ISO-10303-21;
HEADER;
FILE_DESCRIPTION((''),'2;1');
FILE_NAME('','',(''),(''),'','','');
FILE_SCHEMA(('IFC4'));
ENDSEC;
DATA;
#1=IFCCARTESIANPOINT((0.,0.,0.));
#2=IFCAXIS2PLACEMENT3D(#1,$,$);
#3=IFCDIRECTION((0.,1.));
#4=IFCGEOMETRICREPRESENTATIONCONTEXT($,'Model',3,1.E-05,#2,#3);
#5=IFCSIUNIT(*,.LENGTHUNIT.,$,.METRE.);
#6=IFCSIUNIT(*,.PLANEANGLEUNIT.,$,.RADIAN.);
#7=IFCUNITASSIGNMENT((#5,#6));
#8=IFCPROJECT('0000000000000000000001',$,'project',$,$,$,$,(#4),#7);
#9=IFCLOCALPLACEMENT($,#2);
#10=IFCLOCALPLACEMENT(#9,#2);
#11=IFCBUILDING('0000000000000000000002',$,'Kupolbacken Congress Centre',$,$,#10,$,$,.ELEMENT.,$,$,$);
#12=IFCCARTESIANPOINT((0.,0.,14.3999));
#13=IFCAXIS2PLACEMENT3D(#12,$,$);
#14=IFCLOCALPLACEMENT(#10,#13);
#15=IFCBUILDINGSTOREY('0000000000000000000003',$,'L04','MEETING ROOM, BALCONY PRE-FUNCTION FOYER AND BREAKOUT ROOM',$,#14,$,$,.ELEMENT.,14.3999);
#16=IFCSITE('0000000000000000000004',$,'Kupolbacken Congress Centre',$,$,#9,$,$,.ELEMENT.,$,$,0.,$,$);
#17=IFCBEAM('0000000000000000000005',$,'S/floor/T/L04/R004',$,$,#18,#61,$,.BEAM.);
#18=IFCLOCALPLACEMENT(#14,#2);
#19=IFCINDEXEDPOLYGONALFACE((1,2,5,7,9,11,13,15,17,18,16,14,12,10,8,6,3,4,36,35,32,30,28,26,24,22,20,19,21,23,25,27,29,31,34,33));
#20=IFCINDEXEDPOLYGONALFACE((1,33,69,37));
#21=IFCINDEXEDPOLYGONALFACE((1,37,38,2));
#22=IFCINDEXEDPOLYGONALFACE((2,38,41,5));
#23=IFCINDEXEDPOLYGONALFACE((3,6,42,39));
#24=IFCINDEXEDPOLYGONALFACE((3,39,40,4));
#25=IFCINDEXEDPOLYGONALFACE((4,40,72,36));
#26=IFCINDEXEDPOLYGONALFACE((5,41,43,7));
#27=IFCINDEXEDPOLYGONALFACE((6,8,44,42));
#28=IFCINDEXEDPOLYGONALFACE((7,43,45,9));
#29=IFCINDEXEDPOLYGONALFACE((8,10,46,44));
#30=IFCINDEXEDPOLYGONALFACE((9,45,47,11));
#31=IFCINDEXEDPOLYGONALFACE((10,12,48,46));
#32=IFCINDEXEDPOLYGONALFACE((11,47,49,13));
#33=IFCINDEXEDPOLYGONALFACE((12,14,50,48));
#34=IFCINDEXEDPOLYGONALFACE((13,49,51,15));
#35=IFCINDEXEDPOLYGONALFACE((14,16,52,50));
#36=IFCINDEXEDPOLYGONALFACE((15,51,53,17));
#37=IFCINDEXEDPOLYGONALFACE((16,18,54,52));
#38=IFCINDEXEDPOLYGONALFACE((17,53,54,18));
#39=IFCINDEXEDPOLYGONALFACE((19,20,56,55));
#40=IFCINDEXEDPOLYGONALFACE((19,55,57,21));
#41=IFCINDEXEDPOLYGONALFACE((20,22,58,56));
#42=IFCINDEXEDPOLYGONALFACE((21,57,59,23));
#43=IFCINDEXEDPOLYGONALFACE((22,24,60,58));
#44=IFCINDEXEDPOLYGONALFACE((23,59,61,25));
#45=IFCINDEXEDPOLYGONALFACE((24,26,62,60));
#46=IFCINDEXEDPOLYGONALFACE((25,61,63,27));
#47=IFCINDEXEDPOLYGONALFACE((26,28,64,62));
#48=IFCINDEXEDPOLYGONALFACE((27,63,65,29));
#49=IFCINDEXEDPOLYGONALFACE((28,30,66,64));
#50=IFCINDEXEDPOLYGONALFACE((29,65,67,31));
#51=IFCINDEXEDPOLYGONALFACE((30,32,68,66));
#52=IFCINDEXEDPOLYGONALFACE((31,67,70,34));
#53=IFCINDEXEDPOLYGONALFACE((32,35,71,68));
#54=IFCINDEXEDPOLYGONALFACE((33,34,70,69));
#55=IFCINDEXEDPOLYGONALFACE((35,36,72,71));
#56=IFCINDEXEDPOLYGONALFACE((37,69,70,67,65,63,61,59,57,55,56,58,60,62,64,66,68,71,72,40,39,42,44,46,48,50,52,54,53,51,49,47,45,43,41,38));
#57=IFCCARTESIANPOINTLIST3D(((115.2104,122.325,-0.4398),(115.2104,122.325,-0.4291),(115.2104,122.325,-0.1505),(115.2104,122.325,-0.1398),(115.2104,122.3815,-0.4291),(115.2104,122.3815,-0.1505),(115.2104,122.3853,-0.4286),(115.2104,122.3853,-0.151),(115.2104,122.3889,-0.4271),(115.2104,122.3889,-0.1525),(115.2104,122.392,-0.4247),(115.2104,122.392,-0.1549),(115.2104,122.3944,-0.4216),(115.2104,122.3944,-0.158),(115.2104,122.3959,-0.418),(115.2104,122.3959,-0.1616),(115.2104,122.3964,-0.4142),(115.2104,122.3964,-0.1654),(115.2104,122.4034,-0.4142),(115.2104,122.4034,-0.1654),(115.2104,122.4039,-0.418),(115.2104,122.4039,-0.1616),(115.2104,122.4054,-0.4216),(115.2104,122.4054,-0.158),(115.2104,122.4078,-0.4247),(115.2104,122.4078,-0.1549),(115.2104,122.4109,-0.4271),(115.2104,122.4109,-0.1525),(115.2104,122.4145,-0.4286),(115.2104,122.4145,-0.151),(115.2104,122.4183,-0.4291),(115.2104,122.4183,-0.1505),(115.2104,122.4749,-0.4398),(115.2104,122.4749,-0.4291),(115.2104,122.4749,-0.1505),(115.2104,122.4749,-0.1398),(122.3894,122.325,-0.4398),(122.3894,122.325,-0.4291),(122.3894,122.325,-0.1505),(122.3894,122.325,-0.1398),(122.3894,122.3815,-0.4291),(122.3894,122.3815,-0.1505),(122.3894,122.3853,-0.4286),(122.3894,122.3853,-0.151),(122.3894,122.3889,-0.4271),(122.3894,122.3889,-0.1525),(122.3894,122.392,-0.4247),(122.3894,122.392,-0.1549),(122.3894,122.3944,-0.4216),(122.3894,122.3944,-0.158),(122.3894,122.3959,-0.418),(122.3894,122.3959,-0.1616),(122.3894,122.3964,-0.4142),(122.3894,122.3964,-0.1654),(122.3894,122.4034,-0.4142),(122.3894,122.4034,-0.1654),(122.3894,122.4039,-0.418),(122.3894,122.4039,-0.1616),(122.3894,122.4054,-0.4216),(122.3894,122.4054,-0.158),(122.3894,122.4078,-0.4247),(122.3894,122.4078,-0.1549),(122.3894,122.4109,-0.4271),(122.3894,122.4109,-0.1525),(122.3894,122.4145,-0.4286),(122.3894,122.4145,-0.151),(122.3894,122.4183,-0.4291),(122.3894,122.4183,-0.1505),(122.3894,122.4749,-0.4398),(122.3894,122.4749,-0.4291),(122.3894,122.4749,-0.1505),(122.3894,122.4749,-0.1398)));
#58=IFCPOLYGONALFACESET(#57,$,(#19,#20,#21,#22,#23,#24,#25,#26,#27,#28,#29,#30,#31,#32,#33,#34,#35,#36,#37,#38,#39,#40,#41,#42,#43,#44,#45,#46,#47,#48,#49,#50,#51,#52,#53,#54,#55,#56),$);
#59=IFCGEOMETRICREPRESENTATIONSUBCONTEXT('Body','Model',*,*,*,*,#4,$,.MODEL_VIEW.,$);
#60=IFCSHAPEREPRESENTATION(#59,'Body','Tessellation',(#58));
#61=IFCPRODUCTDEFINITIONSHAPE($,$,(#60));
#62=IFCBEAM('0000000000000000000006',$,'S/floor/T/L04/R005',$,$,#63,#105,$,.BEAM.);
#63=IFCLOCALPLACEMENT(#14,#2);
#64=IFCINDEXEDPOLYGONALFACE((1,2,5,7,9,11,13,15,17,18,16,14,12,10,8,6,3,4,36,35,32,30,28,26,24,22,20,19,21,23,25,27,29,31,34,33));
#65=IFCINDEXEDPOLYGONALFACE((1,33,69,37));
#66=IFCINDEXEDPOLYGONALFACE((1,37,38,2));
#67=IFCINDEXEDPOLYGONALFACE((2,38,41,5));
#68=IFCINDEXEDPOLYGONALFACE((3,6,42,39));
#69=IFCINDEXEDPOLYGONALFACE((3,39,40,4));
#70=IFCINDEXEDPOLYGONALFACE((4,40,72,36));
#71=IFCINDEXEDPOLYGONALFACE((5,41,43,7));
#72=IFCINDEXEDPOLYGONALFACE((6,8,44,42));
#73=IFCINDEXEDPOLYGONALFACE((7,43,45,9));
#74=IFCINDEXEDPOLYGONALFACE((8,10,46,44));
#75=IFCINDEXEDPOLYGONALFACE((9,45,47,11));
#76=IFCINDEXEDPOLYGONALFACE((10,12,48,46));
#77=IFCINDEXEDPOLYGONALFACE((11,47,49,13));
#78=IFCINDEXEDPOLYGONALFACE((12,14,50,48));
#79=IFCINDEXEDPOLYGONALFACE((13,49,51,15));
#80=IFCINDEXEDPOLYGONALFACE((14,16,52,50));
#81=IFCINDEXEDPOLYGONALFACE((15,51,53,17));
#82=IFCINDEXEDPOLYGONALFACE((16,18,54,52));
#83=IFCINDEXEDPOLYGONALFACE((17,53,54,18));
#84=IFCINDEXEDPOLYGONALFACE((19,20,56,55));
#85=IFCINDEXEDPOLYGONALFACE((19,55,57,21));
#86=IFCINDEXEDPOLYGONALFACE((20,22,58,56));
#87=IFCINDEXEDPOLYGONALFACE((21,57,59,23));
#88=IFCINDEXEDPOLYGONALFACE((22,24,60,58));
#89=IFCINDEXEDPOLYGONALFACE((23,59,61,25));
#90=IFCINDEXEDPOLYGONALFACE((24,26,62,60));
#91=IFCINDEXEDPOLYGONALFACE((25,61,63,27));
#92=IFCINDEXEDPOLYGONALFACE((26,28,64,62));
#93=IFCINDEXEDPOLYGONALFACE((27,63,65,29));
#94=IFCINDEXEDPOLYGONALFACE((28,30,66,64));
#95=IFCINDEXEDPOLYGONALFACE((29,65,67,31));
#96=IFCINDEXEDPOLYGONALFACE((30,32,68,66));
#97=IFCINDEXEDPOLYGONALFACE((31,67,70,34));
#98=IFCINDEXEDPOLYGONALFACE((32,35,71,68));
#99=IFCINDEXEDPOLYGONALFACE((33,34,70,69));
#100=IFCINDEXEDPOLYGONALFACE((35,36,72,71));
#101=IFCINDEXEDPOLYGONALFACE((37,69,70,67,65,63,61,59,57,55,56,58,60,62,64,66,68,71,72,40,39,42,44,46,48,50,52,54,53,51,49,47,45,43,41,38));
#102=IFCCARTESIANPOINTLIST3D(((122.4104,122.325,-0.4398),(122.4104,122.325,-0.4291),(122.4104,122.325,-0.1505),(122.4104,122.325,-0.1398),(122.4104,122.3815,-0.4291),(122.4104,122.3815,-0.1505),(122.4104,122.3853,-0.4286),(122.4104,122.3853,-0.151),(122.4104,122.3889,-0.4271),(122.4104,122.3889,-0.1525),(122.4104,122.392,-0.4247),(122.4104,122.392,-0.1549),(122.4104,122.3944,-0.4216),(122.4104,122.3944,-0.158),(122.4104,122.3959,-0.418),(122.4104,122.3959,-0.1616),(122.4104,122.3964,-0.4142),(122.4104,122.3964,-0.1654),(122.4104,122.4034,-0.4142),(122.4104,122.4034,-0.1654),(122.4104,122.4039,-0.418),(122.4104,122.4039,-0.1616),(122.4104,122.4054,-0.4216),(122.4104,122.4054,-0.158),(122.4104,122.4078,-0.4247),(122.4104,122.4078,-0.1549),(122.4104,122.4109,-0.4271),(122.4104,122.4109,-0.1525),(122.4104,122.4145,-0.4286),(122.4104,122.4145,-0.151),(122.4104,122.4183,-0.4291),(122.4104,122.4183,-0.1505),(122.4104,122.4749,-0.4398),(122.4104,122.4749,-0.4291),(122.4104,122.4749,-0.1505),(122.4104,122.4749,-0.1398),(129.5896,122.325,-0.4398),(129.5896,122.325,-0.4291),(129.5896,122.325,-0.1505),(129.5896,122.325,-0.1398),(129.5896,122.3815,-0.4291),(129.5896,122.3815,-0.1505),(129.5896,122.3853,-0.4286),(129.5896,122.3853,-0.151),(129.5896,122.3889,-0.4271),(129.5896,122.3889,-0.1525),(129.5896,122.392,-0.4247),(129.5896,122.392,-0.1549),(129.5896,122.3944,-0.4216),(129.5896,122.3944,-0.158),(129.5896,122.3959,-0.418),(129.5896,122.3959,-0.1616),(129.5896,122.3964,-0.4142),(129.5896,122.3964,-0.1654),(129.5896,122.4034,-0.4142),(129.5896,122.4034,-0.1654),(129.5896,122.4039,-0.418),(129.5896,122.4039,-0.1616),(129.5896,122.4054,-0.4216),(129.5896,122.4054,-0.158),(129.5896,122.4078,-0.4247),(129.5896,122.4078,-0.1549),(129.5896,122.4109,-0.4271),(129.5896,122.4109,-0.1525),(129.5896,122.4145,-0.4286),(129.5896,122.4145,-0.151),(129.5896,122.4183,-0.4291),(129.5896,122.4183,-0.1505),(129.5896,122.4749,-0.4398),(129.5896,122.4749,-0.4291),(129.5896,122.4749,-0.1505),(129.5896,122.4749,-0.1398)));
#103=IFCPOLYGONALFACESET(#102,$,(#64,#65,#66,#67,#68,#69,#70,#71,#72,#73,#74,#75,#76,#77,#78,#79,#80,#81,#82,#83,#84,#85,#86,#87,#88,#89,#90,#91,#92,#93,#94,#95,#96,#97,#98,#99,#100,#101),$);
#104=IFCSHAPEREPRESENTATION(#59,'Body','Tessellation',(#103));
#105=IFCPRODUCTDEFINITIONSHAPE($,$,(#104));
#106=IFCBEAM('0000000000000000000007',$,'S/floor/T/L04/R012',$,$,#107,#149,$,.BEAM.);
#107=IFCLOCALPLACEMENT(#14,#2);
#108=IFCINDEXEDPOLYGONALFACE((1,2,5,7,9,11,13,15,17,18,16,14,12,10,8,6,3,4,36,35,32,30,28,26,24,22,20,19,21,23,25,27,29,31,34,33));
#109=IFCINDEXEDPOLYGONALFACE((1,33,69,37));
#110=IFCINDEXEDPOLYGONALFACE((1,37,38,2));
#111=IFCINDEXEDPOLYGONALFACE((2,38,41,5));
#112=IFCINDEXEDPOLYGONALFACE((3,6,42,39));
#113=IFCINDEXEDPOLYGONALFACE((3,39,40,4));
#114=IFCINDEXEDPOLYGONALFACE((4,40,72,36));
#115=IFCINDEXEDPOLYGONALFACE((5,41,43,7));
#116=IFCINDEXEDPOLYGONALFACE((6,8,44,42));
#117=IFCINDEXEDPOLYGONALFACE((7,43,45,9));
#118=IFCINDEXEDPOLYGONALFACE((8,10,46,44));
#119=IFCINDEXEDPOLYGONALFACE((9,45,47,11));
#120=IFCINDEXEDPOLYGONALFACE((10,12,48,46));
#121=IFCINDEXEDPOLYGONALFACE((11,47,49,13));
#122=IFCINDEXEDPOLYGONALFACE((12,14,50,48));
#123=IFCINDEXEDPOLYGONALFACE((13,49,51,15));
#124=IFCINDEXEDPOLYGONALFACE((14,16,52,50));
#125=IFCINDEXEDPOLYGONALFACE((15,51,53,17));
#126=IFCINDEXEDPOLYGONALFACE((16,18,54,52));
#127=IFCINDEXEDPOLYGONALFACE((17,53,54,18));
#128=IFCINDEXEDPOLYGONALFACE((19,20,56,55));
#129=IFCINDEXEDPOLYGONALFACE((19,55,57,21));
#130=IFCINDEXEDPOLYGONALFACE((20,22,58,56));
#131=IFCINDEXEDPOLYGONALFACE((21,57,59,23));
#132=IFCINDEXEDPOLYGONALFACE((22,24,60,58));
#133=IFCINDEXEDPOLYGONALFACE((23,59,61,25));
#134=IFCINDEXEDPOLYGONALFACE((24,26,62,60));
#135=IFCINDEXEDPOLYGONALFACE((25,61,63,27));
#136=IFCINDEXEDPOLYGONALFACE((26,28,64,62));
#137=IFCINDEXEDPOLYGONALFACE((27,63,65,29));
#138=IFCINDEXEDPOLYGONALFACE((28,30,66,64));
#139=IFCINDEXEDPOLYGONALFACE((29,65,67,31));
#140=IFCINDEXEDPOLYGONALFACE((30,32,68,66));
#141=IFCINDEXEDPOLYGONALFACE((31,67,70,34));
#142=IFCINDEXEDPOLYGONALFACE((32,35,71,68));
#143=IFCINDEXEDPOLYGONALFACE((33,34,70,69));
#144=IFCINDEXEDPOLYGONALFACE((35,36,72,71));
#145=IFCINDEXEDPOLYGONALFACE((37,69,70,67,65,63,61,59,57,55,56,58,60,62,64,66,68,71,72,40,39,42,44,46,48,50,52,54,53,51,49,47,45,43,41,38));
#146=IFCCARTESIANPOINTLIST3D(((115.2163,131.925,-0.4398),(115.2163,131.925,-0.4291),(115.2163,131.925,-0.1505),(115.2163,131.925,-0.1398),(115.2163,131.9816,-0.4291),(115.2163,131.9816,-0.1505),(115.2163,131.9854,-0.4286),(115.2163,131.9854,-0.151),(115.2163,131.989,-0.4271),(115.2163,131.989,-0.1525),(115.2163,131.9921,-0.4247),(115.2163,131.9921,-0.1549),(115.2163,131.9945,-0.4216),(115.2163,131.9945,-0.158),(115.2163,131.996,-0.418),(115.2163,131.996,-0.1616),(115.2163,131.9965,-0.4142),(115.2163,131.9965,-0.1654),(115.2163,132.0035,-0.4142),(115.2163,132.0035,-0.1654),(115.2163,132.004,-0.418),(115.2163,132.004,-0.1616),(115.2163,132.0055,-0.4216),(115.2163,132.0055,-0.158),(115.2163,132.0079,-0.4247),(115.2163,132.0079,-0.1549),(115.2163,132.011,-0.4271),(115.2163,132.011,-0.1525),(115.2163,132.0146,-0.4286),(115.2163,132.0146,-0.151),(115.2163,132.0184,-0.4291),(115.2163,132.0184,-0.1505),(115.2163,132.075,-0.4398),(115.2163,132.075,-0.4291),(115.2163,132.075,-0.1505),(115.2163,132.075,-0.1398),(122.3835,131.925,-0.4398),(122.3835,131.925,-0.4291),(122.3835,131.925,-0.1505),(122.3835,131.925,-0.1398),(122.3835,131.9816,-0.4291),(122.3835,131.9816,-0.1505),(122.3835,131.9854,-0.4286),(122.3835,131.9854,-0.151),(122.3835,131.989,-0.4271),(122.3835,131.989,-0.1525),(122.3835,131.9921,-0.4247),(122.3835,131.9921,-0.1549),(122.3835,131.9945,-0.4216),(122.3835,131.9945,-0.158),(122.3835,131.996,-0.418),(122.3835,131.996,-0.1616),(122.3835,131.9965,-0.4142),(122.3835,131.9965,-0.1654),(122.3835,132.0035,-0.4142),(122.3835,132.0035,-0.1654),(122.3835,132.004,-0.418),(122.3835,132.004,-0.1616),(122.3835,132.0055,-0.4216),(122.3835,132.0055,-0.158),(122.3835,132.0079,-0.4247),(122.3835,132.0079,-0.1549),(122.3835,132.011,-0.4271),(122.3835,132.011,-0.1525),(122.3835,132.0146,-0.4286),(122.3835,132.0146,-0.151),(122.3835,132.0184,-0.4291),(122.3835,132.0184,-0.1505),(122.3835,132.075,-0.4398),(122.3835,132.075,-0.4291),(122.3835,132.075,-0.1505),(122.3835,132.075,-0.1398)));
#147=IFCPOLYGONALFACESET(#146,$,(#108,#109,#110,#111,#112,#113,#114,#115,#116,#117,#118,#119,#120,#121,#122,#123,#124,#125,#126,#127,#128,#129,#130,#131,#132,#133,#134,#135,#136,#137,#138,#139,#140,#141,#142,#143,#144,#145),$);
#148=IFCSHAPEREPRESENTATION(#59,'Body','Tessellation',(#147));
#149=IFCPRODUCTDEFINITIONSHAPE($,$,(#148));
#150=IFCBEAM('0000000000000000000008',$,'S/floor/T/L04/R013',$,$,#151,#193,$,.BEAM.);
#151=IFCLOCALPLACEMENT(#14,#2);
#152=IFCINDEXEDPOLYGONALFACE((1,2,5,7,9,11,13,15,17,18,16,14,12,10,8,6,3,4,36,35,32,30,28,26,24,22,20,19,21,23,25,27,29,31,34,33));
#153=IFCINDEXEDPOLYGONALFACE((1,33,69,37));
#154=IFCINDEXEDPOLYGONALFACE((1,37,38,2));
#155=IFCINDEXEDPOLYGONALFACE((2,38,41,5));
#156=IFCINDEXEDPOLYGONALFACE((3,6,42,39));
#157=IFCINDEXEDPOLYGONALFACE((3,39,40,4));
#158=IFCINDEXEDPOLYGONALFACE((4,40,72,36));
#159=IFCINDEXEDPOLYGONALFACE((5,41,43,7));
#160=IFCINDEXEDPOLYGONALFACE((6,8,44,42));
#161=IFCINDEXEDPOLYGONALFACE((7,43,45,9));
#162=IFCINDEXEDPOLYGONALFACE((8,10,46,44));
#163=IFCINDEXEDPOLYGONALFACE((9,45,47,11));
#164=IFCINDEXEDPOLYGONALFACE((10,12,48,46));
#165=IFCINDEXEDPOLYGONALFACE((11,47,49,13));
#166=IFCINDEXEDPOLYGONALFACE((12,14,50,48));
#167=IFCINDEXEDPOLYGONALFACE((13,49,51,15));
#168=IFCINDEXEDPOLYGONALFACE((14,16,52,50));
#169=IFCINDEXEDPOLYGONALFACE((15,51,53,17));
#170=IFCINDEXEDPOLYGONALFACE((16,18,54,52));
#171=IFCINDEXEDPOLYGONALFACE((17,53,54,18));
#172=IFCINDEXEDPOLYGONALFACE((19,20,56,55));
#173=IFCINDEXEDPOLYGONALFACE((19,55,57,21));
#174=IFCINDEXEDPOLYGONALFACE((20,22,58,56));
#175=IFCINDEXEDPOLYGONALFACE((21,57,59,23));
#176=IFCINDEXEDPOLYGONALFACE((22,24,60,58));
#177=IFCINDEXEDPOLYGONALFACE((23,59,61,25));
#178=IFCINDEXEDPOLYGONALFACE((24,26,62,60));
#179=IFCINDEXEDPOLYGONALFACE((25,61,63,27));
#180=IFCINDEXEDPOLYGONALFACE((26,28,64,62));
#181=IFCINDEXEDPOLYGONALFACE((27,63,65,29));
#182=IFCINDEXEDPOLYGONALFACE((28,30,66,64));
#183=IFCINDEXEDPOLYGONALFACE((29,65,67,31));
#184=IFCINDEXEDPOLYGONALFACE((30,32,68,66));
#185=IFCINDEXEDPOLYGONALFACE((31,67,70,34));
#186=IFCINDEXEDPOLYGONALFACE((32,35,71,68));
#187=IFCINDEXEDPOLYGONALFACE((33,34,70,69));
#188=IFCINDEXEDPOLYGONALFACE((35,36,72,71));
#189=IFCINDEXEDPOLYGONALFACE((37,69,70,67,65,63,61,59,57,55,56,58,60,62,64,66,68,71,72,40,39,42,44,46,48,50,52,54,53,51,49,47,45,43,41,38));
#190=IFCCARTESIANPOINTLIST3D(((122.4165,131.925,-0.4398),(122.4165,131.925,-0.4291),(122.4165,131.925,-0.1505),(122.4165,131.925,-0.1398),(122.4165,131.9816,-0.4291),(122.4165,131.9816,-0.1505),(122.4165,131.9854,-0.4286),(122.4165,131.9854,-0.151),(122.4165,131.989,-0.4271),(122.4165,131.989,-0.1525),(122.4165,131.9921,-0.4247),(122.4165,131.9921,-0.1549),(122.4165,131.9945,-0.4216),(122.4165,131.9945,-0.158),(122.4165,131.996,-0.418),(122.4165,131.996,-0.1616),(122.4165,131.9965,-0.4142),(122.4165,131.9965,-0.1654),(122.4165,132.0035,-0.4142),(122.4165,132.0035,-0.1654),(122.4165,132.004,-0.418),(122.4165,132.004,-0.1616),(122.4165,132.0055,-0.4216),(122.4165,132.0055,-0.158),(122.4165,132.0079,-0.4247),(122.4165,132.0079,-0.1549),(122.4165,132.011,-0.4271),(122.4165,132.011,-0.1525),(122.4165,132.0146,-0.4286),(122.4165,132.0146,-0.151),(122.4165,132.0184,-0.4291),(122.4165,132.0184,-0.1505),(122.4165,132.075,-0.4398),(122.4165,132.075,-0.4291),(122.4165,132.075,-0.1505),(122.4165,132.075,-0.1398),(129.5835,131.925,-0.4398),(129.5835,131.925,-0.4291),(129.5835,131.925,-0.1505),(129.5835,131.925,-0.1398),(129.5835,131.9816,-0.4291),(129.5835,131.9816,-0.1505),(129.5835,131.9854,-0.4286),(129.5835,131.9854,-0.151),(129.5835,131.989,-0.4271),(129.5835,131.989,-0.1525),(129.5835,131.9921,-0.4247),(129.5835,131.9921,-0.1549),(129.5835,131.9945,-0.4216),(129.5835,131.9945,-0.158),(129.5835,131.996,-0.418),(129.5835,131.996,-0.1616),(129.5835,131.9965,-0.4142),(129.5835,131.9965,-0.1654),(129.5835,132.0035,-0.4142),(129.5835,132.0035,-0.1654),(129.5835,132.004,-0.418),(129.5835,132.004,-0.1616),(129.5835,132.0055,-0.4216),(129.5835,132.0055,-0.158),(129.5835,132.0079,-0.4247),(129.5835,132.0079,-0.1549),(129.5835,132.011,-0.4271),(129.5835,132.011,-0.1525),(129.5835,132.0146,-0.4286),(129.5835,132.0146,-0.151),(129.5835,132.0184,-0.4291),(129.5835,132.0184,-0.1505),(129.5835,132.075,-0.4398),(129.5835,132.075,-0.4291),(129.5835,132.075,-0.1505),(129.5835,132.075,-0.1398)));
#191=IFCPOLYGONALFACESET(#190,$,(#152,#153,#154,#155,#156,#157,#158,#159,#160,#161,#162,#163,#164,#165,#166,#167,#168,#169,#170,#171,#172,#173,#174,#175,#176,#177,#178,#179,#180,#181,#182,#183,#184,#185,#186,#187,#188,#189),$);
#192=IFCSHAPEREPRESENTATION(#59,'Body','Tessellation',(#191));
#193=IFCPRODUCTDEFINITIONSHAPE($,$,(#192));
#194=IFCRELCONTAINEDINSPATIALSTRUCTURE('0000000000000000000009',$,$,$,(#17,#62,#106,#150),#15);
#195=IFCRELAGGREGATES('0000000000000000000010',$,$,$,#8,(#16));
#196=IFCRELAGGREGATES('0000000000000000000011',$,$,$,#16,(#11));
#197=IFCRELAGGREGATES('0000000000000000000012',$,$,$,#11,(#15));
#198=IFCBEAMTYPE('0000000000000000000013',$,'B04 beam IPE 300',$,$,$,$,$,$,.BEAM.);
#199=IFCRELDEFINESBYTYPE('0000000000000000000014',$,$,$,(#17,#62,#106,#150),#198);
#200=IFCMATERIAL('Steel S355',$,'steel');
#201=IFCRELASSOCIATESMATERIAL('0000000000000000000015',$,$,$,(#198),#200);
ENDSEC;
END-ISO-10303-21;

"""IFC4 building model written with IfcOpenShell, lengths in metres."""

from ifc_helpers import new_model, si_unit, direction, frame, origin, origin_2d, place, context, subcontext, project, spatial, i_section, extrude, material, material_profile, profile_set, type_object, element, save


model = new_model("IFC4")

# Units and contexts
model_context = context("Model", 3, precision=1e-05, world=origin(), true_north=direction((0.0, 1.0)))
body_context = subcontext(model_context, "Body", "Model", "MODEL_VIEW")
ifc_project = project(units=[si_unit("LENGTHUNIT", "METRE"), si_unit("PLANEANGLEUNIT", "RADIAN")], contexts=[model_context])

# Site, building, storey
site_placement = place(None, origin())
site = spatial("IfcSite", under=ifc_project, at=site_placement, Name="Kupolbacken Congress Centre", CompositionType="ELEMENT", RefElevation=0.0)
building_placement = place(site_placement, origin())
building = spatial("IfcBuilding", under=site, at=building_placement, Name="Kupolbacken Congress Centre", CompositionType="ELEMENT")
storey_placement = place(building_placement, frame((0.0, 0.0, 14.3999)))
storey = spatial("IfcBuildingStorey", under=building, at=storey_placement, Name="L04", Description="MEETING ROOM, BALCONY PRE-FUNCTION FOYER AND BREAKOUT ROOM", CompositionType="ELEMENT", Elevation=14.3999)

# Beams
ifc_material_1 = material(Name="Steel S355", Category="steel")
ifc_material_profile_1 = material_profile(ifc_material_1, i_section(OverallWidth=0.1499, OverallDepth=0.3, WebThickness=0.0071, FlangeThickness=0.0107, FilletRadius=0.0149, at=origin_2d()), Name="IPE 300")
ifc_profile_set_1 = profile_set([ifc_material_profile_1], Name="Steel S355")
beam_type_1 = type_object("IfcBeamType", Name="B04 beam IPE 300", PredefinedType="BEAM", material=ifc_profile_set_1)
beam_1_placement = place(storey_placement, frame((115.2104, 122.3999, -0.2898), z_axis=(1.0, 0.0, 0.0), x_axis=(0.0, 1.0, 0.0)))
element("IfcBeam", 1, at=beam_1_placement, inside=storey, type_object=beam_type_1, Name="S/floor/T/L04/R004", PredefinedType="BEAM", context=body_context, shape_type="SweptSolid", body=[
    extrude(i_section(OverallWidth=0.1499, OverallDepth=0.3, WebThickness=0.0071, FlangeThickness=0.0107, FilletRadius=0.0149, at=origin_2d()), origin(), (0.0, 0.0, 1.0), 7.179),
])
beam_2_placement = place(storey_placement, frame((122.4104, 122.3999, -0.2898), z_axis=(1.0, 0.0, 0.0), x_axis=(0.0, 1.0, 0.0)))
element("IfcBeam", 2, at=beam_2_placement, inside=storey, type_object=beam_type_1, Name="S/floor/T/L04/R005", PredefinedType="BEAM", context=body_context, shape_type="SweptSolid", body=[
    extrude(i_section(OverallWidth=0.1499, OverallDepth=0.3, WebThickness=0.0071, FlangeThickness=0.0107, FilletRadius=0.0149, at=origin_2d()), origin(), (0.0, 0.0, 1.0), 7.1792),
])
beam_3_placement = place(storey_placement, frame((115.2163, 132.0, -0.2898), z_axis=(1.0, 0.0, 0.0), x_axis=(0.0, 1.0, 0.0)))
element("IfcBeam", 3, at=beam_3_placement, inside=storey, type_object=beam_type_1, Name="S/floor/T/L04/R012", PredefinedType="BEAM", context=body_context, shape_type="SweptSolid", body=[
    extrude(i_section(OverallWidth=0.1499, OverallDepth=0.3, WebThickness=0.0071, FlangeThickness=0.0107, FilletRadius=0.0149, at=origin_2d()), origin(), (0.0, 0.0, 1.0), 7.1672),
])
beam_4_placement = place(storey_placement, frame((122.4165, 132.0, -0.2898), z_axis=(1.0, 0.0, 0.0), x_axis=(0.0, 1.0, 0.0)))
element("IfcBeam", 4, at=beam_4_placement, inside=storey, type_object=beam_type_1, Name="S/floor/T/L04/R013", PredefinedType="BEAM", context=body_context, shape_type="SweptSolid", body=[
    extrude(i_section(OverallWidth=0.1499, OverallDepth=0.3, WebThickness=0.0071, FlangeThickness=0.0107, FilletRadius=0.0149, at=origin_2d()), origin(), (0.0, 0.0, 1.0), 7.167),
])

save(model, "model.ifc")
